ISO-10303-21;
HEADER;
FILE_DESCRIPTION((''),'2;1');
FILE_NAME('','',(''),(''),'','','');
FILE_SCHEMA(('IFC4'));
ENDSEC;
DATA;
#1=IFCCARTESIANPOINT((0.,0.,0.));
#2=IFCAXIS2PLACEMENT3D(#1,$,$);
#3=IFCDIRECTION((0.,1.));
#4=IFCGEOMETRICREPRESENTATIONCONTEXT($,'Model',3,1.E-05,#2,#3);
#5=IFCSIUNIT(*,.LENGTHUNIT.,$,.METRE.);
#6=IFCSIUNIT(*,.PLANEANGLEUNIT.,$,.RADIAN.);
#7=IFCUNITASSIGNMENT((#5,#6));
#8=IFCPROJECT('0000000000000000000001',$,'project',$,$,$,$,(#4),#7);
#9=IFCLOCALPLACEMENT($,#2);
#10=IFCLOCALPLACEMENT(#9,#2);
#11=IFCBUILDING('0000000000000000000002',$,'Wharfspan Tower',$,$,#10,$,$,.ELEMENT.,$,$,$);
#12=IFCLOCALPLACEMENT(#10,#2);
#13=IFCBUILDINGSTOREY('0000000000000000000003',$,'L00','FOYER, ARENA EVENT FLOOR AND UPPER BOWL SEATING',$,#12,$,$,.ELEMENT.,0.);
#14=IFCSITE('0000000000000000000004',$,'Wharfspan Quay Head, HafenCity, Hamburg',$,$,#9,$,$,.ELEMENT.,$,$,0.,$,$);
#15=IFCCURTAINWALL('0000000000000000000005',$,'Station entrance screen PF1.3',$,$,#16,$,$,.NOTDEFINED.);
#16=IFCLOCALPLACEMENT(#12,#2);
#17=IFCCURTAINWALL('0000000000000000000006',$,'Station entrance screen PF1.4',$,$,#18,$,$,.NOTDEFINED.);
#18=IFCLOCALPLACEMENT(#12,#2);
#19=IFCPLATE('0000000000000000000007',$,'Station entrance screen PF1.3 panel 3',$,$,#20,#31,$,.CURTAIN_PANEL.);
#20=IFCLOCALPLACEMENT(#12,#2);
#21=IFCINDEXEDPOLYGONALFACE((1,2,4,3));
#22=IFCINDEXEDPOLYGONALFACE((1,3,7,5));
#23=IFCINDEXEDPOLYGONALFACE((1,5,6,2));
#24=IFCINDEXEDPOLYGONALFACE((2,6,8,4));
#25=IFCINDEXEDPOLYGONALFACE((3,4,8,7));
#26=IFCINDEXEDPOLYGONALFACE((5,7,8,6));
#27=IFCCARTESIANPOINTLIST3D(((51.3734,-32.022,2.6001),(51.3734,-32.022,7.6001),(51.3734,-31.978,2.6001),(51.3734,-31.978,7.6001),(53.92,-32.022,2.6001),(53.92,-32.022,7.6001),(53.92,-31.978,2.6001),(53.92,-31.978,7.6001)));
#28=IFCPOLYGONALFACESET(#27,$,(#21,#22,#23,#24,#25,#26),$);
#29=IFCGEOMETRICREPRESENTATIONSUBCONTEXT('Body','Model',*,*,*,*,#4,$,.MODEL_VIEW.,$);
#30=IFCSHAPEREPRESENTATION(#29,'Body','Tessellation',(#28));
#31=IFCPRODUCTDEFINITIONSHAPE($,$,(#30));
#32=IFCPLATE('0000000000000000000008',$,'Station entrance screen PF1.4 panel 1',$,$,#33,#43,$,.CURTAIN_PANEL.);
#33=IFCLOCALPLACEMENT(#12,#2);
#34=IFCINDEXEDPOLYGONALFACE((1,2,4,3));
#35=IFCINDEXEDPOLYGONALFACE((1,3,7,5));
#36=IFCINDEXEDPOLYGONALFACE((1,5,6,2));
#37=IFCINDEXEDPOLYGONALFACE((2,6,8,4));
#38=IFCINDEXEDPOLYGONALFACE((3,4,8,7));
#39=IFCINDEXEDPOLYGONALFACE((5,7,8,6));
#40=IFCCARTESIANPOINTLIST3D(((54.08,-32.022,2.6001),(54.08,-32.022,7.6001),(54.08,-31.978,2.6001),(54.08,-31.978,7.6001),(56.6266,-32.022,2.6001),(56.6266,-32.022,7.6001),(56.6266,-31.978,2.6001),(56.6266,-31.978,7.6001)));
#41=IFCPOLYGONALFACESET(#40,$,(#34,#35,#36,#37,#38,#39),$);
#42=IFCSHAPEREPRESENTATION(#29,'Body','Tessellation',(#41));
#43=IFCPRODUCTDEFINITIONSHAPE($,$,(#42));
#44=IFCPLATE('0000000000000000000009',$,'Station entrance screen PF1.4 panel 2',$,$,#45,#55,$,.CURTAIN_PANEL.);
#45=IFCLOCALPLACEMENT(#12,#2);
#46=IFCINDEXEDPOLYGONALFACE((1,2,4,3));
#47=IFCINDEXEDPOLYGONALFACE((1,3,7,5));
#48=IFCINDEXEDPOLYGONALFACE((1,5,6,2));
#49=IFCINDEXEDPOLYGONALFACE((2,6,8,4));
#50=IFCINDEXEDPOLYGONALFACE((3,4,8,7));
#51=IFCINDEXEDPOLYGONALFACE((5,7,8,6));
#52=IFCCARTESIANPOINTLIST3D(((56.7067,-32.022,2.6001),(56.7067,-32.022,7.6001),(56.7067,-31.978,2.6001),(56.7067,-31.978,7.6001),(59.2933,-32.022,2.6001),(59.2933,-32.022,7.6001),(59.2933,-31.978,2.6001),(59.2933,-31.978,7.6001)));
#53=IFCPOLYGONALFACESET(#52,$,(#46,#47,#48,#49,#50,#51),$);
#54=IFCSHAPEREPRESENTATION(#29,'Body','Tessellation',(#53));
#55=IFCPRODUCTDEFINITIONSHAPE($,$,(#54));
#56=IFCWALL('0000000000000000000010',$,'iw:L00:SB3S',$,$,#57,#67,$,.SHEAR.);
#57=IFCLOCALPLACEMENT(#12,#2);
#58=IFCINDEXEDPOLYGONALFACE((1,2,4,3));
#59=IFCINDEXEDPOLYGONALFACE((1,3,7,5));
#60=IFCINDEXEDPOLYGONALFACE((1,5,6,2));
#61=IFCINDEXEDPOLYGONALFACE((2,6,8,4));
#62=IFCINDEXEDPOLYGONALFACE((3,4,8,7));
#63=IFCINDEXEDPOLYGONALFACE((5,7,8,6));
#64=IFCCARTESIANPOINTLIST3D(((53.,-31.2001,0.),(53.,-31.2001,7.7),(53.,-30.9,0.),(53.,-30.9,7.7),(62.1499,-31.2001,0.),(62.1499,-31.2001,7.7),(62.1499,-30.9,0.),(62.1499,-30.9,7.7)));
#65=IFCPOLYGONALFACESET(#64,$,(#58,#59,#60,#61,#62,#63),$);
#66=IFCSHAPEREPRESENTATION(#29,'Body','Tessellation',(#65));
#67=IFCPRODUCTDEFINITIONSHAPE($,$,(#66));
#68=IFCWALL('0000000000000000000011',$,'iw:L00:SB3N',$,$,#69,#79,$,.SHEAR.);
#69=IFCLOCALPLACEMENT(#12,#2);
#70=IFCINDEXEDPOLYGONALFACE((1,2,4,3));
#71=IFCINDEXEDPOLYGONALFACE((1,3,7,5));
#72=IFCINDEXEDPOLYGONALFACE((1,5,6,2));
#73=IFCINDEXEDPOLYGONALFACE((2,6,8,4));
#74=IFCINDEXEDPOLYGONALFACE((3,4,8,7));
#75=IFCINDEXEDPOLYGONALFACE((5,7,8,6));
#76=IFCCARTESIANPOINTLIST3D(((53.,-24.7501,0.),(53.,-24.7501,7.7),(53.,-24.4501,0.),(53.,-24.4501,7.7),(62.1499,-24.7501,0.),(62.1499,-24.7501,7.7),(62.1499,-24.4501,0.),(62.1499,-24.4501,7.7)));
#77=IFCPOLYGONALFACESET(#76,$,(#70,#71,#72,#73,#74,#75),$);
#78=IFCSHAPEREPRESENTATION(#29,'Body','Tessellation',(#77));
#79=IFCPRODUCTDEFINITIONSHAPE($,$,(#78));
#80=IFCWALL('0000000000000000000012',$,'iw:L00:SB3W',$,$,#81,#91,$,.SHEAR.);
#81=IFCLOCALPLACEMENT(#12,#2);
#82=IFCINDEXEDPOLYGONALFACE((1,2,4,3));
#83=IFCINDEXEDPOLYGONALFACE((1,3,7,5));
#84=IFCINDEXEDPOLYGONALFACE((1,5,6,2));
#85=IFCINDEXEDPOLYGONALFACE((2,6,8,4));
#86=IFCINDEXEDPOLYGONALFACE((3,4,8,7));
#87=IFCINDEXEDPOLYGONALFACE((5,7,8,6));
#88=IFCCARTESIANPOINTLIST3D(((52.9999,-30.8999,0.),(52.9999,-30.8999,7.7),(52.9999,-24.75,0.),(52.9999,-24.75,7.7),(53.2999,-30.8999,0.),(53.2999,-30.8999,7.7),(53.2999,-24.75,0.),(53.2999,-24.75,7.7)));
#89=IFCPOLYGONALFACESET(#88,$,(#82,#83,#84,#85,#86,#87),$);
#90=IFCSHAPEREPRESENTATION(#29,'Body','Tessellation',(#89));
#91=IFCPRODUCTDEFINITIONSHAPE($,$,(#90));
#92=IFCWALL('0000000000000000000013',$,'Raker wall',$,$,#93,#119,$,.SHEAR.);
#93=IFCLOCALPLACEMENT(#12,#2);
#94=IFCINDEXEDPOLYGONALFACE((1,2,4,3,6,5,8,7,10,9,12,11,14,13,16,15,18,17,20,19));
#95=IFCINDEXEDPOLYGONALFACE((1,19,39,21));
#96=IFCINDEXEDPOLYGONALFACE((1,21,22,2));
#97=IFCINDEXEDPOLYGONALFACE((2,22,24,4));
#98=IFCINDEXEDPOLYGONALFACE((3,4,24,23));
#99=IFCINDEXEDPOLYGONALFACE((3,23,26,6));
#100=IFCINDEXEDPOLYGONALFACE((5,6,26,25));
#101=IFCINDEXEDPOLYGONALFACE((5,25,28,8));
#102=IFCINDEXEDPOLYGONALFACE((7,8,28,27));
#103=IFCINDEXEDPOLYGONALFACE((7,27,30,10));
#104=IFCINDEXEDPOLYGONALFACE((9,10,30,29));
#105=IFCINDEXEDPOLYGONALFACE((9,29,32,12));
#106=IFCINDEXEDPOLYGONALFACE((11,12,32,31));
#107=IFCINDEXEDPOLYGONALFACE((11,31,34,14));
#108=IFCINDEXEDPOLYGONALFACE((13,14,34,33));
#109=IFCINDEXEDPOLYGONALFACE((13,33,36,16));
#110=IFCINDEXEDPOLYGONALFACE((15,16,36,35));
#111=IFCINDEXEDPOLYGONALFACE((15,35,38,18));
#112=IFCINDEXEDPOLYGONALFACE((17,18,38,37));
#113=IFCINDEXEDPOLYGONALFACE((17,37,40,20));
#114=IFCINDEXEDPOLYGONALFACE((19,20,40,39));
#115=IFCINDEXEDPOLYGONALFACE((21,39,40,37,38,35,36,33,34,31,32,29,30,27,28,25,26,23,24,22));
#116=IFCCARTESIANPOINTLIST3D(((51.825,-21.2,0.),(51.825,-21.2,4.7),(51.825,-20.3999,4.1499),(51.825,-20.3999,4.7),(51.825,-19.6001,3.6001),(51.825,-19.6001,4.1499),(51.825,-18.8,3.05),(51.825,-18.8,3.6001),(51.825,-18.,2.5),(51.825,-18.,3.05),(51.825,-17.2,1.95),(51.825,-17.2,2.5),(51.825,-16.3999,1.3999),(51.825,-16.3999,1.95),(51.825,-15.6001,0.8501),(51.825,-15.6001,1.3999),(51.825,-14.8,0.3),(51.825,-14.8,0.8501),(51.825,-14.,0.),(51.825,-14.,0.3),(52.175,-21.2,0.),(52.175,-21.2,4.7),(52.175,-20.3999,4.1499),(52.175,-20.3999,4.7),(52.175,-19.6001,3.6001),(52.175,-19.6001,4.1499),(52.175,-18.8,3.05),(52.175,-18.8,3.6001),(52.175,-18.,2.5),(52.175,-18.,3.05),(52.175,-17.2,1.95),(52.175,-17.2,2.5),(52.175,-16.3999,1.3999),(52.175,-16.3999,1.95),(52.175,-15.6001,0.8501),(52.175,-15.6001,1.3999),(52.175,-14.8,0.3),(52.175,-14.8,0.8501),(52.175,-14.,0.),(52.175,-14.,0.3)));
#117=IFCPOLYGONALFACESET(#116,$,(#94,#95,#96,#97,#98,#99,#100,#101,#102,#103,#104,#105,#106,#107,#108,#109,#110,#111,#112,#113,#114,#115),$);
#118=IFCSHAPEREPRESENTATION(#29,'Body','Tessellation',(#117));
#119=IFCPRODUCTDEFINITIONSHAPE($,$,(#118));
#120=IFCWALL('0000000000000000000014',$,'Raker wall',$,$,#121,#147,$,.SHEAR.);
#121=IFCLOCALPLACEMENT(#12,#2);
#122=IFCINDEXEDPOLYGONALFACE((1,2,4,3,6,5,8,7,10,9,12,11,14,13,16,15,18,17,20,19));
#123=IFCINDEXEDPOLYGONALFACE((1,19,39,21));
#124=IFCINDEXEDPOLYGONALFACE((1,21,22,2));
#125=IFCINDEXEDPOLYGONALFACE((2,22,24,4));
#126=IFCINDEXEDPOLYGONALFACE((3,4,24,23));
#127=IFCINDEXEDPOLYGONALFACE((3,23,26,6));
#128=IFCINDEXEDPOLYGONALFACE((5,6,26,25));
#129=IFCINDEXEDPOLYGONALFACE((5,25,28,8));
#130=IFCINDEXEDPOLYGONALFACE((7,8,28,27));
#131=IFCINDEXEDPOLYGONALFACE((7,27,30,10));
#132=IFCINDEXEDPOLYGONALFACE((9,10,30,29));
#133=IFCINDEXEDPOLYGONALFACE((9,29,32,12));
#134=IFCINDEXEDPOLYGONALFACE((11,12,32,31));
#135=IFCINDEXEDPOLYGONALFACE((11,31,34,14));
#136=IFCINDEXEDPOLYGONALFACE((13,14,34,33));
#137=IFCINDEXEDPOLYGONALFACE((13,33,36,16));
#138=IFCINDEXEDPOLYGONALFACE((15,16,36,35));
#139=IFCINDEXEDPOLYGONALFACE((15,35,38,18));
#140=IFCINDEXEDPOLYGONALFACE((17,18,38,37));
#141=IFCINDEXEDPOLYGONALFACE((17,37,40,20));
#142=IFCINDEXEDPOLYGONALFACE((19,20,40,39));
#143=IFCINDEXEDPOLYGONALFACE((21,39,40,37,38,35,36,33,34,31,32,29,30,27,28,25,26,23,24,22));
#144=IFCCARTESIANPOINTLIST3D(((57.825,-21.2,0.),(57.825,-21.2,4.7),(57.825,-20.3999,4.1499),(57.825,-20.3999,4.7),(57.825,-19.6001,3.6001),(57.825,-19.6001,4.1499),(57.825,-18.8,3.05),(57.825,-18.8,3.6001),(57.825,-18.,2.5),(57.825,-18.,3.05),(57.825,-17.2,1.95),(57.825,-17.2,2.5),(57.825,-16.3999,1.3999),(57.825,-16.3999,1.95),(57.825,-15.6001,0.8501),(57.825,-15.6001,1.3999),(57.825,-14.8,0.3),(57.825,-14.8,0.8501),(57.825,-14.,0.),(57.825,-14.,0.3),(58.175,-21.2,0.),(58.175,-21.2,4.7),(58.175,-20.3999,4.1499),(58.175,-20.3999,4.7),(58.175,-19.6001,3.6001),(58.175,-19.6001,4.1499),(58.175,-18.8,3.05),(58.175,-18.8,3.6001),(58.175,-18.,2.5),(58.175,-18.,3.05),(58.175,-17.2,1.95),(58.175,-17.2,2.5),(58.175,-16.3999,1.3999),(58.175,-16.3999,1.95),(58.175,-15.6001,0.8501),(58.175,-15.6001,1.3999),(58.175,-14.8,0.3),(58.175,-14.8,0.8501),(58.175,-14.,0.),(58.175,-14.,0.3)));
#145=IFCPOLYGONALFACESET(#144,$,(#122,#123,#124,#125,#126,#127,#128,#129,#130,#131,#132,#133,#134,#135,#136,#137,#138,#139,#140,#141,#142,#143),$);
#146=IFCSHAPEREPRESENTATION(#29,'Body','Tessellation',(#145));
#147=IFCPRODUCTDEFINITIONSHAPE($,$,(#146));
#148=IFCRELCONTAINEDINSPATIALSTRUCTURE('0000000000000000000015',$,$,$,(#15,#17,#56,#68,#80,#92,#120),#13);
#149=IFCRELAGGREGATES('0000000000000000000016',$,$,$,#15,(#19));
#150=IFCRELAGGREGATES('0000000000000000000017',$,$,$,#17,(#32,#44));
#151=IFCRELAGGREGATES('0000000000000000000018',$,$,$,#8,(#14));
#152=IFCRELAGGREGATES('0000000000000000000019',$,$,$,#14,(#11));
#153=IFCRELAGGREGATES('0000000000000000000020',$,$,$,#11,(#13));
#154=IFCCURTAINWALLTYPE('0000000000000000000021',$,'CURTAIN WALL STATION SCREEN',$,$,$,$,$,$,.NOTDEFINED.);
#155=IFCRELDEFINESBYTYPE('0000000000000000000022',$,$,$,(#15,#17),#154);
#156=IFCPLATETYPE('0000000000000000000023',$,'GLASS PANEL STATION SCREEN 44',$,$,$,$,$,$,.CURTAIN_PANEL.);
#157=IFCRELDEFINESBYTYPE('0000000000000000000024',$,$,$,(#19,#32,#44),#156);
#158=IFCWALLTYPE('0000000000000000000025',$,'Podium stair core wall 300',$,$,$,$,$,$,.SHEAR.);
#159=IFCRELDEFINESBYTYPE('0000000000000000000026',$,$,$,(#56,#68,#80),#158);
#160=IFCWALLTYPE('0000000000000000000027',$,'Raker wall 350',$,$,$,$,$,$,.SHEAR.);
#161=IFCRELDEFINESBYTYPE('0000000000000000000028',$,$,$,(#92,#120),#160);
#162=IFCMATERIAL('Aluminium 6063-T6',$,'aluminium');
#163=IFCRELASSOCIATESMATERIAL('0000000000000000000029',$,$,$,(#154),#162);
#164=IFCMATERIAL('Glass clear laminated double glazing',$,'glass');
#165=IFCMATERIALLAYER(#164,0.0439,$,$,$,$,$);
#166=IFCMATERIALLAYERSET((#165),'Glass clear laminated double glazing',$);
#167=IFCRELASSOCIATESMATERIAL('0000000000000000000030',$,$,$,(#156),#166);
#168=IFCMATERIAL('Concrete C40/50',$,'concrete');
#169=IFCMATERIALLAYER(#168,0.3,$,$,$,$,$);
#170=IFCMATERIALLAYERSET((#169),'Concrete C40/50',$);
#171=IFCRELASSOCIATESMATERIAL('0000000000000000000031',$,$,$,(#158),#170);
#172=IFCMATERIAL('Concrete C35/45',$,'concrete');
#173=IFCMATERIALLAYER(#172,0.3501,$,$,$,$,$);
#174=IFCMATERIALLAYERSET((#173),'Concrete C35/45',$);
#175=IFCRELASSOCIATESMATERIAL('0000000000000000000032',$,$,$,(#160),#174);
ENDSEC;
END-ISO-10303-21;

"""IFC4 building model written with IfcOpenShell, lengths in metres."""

from ifc_helpers import new_model, si_unit, direction, frame, frame_2d, origin, origin_2d, place, context, subcontext, project, spatial, polyline, rectangle, outline, extrude, material, layer, layer_set, type_object, element, aggregate, save


model = new_model("IFC4")

# Units and contexts
model_context = context("Model", 3, precision=1e-05, world=origin(), true_north=direction((0.0, 1.0)))
body_context = subcontext(model_context, "Body", "Model", "MODEL_VIEW")
ifc_project = project(units=[si_unit("LENGTHUNIT", "METRE"), si_unit("PLANEANGLEUNIT", "RADIAN")], contexts=[model_context])

# Site, building, storey
site_placement = place(None, origin())
site = spatial("IfcSite", under=ifc_project, at=site_placement, Name="Wharfspan Quay Head, HafenCity, Hamburg", CompositionType="ELEMENT", RefElevation=0.0)
building_placement = place(site_placement, origin())
building = spatial("IfcBuilding", under=site, at=building_placement, Name="Wharfspan Tower", CompositionType="ELEMENT")
storey_placement = place(building_placement, origin())
storey = spatial("IfcBuildingStorey", under=building, at=storey_placement, Name="L00", Description="FOYER, ARENA EVENT FLOOR AND UPPER BOWL SEATING", CompositionType="ELEMENT", Elevation=0.0)

# Curtain wall
ifc_material_1 = material(Name="Aluminium 6063-T6", Category="aluminium")
curtain_wall_type = type_object("IfcCurtainWallType", Name="CURTAIN WALL STATION SCREEN", PredefinedType="NOTDEFINED", material=ifc_material_1)
curtain_wall_1_placement = place(storey_placement, origin())
curtain_wall_1 = element("IfcCurtainWall", 1, at=curtain_wall_1_placement, inside=storey, type_object=curtain_wall_type, Name="Station entrance screen PF1.3", PredefinedType="NOTDEFINED")

# Curtain wall
curtain_wall_2_placement = place(storey_placement, origin())
curtain_wall_2 = element("IfcCurtainWall", 2, at=curtain_wall_2_placement, inside=storey, type_object=curtain_wall_type, Name="Station entrance screen PF1.4", PredefinedType="NOTDEFINED")

# Plates
ifc_material_2 = material(Name="Glass clear laminated double glazing", Category="glass")
ifc_layer_1 = layer(ifc_material_2, 0.0439)
ifc_layer_set_1 = layer_set([ifc_layer_1], Name="Glass clear laminated double glazing")
plate_type = type_object("IfcPlateType", Name="GLASS PANEL STATION SCREEN 44", PredefinedType="CURTAIN_PANEL", material=ifc_layer_set_1)
plate_1_placement = place(storey_placement, frame((52.6467, -32.0, 2.6001), z_axis=(0.0, 0.0, 1.0), x_axis=(1.0, 0.0, 0.0)))
plate_1 = element("IfcPlate", 3, at=plate_1_placement, type_object=plate_type, Name="Station entrance screen PF1.3 panel 3", PredefinedType="CURTAIN_PANEL", context=body_context, shape_type="SweptSolid", body=[
    extrude(rectangle(XDim=2.5466, YDim=0.0439, at=origin_2d()), origin(), (0.0, 0.0, 1.0), 5.0),
])
aggregate(curtain_wall_1, [plate_1])
plate_2_placement = place(storey_placement, frame((55.3533, -32.0, 2.6001), z_axis=(0.0, 0.0, 1.0), x_axis=(1.0, 0.0, 0.0)))
plate_2 = element("IfcPlate", 4, at=plate_2_placement, type_object=plate_type, Name="Station entrance screen PF1.4 panel 1", PredefinedType="CURTAIN_PANEL", context=body_context, shape_type="SweptSolid", body=[
    extrude(rectangle(XDim=2.5466, YDim=0.0439, at=origin_2d()), origin(), (0.0, 0.0, 1.0), 5.0),
])
plate_3_placement = place(storey_placement, frame((58.0, -32.0, 2.6001), z_axis=(0.0, 0.0, 1.0), x_axis=(1.0, 0.0, 0.0)))
plate_3 = element("IfcPlate", 5, at=plate_3_placement, type_object=plate_type, Name="Station entrance screen PF1.4 panel 2", PredefinedType="CURTAIN_PANEL", context=body_context, shape_type="SweptSolid", body=[
    extrude(rectangle(XDim=2.5867, YDim=0.0439, at=origin_2d()), origin(), (0.0, 0.0, 1.0), 5.0),
])
aggregate(curtain_wall_2, [plate_2, plate_3])

# Walls
ifc_material_3 = material(Name="Concrete C40/50", Category="concrete")
ifc_layer_2 = layer(ifc_material_3, 0.3)
ifc_layer_set_2 = layer_set([ifc_layer_2], Name="Concrete C40/50")
wall_type_1 = type_object("IfcWallType", Name="Podium stair core wall 300", PredefinedType="SHEAR", material=ifc_layer_set_2)
for number, where, z_axis, x_axis, name in (
    (6, (53.0, -31.05, 0.0), (0.0, 0.0, 1.0), (1.0, 0.0, 0.0), "iw:L00:SB3S"),
    (7, (53.0, -24.6001, 0.0), (0.0, 0.0, 1.0), (1.0, 0.0, 0.0), "iw:L00:SB3N"),
):
    element("IfcWall", number, at=place(storey_placement, frame(where, z_axis=z_axis, x_axis=x_axis)), inside=storey, type_object=wall_type_1, Name=name, PredefinedType="SHEAR", context=body_context, shape_type="SweptSolid", body=[
        extrude(rectangle(XDim=9.1499, YDim=0.3, at=frame_2d((4.575, 0.0))), origin(), (0.0, 0.0, 1.0), 7.7),
    ])
wall_1_placement = place(storey_placement, frame((53.1499, -30.8999, 0.0), z_axis=(0.0, 0.0, 1.0), x_axis=(0.0, 1.0, 0.0)))
element("IfcWall", 8, at=wall_1_placement, inside=storey, type_object=wall_type_1, Name="iw:L00:SB3W", PredefinedType="SHEAR", context=body_context, shape_type="SweptSolid", body=[
    extrude(rectangle(XDim=6.1499, YDim=0.3, at=frame_2d((3.075, 0.0))), origin(), (0.0, 0.0, 1.0), 7.7),
])
ifc_material_4 = material(Name="Concrete C35/45", Category="concrete")
ifc_layer_3 = layer(ifc_material_4, 0.3501)
ifc_layer_set_3 = layer_set([ifc_layer_3], Name="Concrete C35/45")
wall_type_2 = type_object("IfcWallType", Name="Raker wall 350", PredefinedType="SHEAR", material=ifc_layer_set_3)
for number, where, z_axis, x_axis, name in (
    (9, (52.0, -14.0, 0.0), (0.0, 0.0, 1.0), (0.0, -1.0, 0.0), "Raker wall"),
    (10, (58.0, -14.0, 0.0), (0.0, 0.0, 1.0), (0.0, -1.0, 0.0), "Raker wall"),
):
    element("IfcWall", number, at=place(storey_placement, frame(where, z_axis=z_axis, x_axis=x_axis)), inside=storey, type_object=wall_type_2, Name=name, PredefinedType="SHEAR", context=body_context, shape_type="SweptSolid", body=[
        extrude(outline(polyline([(0.0, 0.0), (7.2, 0.0), (7.2, 4.7), (6.3999, 4.7), (6.3999, 4.1499), (5.6001, 4.1499), (5.6001, 3.6001), (4.8, 3.6001), (4.8, 3.05), (4.0, 3.05), (4.0, 2.5), (3.2, 2.5), (3.2, 1.95), (2.3999, 1.95), (2.3999, 1.3999), (1.6001, 1.3999), (1.6001, 0.8501), (0.8, 0.8501), (0.8, 0.3), (0.0, 0.3), (0.0, 0.0)])), frame((0.0, 0.175, 0.0), z_axis=(0.0, -1.0, 0.0), x_axis=(1.0, 0.0, 0.0)), (0.0, 0.0, 1.0), 0.3501),
    ])

save(model, "model.ifc")
